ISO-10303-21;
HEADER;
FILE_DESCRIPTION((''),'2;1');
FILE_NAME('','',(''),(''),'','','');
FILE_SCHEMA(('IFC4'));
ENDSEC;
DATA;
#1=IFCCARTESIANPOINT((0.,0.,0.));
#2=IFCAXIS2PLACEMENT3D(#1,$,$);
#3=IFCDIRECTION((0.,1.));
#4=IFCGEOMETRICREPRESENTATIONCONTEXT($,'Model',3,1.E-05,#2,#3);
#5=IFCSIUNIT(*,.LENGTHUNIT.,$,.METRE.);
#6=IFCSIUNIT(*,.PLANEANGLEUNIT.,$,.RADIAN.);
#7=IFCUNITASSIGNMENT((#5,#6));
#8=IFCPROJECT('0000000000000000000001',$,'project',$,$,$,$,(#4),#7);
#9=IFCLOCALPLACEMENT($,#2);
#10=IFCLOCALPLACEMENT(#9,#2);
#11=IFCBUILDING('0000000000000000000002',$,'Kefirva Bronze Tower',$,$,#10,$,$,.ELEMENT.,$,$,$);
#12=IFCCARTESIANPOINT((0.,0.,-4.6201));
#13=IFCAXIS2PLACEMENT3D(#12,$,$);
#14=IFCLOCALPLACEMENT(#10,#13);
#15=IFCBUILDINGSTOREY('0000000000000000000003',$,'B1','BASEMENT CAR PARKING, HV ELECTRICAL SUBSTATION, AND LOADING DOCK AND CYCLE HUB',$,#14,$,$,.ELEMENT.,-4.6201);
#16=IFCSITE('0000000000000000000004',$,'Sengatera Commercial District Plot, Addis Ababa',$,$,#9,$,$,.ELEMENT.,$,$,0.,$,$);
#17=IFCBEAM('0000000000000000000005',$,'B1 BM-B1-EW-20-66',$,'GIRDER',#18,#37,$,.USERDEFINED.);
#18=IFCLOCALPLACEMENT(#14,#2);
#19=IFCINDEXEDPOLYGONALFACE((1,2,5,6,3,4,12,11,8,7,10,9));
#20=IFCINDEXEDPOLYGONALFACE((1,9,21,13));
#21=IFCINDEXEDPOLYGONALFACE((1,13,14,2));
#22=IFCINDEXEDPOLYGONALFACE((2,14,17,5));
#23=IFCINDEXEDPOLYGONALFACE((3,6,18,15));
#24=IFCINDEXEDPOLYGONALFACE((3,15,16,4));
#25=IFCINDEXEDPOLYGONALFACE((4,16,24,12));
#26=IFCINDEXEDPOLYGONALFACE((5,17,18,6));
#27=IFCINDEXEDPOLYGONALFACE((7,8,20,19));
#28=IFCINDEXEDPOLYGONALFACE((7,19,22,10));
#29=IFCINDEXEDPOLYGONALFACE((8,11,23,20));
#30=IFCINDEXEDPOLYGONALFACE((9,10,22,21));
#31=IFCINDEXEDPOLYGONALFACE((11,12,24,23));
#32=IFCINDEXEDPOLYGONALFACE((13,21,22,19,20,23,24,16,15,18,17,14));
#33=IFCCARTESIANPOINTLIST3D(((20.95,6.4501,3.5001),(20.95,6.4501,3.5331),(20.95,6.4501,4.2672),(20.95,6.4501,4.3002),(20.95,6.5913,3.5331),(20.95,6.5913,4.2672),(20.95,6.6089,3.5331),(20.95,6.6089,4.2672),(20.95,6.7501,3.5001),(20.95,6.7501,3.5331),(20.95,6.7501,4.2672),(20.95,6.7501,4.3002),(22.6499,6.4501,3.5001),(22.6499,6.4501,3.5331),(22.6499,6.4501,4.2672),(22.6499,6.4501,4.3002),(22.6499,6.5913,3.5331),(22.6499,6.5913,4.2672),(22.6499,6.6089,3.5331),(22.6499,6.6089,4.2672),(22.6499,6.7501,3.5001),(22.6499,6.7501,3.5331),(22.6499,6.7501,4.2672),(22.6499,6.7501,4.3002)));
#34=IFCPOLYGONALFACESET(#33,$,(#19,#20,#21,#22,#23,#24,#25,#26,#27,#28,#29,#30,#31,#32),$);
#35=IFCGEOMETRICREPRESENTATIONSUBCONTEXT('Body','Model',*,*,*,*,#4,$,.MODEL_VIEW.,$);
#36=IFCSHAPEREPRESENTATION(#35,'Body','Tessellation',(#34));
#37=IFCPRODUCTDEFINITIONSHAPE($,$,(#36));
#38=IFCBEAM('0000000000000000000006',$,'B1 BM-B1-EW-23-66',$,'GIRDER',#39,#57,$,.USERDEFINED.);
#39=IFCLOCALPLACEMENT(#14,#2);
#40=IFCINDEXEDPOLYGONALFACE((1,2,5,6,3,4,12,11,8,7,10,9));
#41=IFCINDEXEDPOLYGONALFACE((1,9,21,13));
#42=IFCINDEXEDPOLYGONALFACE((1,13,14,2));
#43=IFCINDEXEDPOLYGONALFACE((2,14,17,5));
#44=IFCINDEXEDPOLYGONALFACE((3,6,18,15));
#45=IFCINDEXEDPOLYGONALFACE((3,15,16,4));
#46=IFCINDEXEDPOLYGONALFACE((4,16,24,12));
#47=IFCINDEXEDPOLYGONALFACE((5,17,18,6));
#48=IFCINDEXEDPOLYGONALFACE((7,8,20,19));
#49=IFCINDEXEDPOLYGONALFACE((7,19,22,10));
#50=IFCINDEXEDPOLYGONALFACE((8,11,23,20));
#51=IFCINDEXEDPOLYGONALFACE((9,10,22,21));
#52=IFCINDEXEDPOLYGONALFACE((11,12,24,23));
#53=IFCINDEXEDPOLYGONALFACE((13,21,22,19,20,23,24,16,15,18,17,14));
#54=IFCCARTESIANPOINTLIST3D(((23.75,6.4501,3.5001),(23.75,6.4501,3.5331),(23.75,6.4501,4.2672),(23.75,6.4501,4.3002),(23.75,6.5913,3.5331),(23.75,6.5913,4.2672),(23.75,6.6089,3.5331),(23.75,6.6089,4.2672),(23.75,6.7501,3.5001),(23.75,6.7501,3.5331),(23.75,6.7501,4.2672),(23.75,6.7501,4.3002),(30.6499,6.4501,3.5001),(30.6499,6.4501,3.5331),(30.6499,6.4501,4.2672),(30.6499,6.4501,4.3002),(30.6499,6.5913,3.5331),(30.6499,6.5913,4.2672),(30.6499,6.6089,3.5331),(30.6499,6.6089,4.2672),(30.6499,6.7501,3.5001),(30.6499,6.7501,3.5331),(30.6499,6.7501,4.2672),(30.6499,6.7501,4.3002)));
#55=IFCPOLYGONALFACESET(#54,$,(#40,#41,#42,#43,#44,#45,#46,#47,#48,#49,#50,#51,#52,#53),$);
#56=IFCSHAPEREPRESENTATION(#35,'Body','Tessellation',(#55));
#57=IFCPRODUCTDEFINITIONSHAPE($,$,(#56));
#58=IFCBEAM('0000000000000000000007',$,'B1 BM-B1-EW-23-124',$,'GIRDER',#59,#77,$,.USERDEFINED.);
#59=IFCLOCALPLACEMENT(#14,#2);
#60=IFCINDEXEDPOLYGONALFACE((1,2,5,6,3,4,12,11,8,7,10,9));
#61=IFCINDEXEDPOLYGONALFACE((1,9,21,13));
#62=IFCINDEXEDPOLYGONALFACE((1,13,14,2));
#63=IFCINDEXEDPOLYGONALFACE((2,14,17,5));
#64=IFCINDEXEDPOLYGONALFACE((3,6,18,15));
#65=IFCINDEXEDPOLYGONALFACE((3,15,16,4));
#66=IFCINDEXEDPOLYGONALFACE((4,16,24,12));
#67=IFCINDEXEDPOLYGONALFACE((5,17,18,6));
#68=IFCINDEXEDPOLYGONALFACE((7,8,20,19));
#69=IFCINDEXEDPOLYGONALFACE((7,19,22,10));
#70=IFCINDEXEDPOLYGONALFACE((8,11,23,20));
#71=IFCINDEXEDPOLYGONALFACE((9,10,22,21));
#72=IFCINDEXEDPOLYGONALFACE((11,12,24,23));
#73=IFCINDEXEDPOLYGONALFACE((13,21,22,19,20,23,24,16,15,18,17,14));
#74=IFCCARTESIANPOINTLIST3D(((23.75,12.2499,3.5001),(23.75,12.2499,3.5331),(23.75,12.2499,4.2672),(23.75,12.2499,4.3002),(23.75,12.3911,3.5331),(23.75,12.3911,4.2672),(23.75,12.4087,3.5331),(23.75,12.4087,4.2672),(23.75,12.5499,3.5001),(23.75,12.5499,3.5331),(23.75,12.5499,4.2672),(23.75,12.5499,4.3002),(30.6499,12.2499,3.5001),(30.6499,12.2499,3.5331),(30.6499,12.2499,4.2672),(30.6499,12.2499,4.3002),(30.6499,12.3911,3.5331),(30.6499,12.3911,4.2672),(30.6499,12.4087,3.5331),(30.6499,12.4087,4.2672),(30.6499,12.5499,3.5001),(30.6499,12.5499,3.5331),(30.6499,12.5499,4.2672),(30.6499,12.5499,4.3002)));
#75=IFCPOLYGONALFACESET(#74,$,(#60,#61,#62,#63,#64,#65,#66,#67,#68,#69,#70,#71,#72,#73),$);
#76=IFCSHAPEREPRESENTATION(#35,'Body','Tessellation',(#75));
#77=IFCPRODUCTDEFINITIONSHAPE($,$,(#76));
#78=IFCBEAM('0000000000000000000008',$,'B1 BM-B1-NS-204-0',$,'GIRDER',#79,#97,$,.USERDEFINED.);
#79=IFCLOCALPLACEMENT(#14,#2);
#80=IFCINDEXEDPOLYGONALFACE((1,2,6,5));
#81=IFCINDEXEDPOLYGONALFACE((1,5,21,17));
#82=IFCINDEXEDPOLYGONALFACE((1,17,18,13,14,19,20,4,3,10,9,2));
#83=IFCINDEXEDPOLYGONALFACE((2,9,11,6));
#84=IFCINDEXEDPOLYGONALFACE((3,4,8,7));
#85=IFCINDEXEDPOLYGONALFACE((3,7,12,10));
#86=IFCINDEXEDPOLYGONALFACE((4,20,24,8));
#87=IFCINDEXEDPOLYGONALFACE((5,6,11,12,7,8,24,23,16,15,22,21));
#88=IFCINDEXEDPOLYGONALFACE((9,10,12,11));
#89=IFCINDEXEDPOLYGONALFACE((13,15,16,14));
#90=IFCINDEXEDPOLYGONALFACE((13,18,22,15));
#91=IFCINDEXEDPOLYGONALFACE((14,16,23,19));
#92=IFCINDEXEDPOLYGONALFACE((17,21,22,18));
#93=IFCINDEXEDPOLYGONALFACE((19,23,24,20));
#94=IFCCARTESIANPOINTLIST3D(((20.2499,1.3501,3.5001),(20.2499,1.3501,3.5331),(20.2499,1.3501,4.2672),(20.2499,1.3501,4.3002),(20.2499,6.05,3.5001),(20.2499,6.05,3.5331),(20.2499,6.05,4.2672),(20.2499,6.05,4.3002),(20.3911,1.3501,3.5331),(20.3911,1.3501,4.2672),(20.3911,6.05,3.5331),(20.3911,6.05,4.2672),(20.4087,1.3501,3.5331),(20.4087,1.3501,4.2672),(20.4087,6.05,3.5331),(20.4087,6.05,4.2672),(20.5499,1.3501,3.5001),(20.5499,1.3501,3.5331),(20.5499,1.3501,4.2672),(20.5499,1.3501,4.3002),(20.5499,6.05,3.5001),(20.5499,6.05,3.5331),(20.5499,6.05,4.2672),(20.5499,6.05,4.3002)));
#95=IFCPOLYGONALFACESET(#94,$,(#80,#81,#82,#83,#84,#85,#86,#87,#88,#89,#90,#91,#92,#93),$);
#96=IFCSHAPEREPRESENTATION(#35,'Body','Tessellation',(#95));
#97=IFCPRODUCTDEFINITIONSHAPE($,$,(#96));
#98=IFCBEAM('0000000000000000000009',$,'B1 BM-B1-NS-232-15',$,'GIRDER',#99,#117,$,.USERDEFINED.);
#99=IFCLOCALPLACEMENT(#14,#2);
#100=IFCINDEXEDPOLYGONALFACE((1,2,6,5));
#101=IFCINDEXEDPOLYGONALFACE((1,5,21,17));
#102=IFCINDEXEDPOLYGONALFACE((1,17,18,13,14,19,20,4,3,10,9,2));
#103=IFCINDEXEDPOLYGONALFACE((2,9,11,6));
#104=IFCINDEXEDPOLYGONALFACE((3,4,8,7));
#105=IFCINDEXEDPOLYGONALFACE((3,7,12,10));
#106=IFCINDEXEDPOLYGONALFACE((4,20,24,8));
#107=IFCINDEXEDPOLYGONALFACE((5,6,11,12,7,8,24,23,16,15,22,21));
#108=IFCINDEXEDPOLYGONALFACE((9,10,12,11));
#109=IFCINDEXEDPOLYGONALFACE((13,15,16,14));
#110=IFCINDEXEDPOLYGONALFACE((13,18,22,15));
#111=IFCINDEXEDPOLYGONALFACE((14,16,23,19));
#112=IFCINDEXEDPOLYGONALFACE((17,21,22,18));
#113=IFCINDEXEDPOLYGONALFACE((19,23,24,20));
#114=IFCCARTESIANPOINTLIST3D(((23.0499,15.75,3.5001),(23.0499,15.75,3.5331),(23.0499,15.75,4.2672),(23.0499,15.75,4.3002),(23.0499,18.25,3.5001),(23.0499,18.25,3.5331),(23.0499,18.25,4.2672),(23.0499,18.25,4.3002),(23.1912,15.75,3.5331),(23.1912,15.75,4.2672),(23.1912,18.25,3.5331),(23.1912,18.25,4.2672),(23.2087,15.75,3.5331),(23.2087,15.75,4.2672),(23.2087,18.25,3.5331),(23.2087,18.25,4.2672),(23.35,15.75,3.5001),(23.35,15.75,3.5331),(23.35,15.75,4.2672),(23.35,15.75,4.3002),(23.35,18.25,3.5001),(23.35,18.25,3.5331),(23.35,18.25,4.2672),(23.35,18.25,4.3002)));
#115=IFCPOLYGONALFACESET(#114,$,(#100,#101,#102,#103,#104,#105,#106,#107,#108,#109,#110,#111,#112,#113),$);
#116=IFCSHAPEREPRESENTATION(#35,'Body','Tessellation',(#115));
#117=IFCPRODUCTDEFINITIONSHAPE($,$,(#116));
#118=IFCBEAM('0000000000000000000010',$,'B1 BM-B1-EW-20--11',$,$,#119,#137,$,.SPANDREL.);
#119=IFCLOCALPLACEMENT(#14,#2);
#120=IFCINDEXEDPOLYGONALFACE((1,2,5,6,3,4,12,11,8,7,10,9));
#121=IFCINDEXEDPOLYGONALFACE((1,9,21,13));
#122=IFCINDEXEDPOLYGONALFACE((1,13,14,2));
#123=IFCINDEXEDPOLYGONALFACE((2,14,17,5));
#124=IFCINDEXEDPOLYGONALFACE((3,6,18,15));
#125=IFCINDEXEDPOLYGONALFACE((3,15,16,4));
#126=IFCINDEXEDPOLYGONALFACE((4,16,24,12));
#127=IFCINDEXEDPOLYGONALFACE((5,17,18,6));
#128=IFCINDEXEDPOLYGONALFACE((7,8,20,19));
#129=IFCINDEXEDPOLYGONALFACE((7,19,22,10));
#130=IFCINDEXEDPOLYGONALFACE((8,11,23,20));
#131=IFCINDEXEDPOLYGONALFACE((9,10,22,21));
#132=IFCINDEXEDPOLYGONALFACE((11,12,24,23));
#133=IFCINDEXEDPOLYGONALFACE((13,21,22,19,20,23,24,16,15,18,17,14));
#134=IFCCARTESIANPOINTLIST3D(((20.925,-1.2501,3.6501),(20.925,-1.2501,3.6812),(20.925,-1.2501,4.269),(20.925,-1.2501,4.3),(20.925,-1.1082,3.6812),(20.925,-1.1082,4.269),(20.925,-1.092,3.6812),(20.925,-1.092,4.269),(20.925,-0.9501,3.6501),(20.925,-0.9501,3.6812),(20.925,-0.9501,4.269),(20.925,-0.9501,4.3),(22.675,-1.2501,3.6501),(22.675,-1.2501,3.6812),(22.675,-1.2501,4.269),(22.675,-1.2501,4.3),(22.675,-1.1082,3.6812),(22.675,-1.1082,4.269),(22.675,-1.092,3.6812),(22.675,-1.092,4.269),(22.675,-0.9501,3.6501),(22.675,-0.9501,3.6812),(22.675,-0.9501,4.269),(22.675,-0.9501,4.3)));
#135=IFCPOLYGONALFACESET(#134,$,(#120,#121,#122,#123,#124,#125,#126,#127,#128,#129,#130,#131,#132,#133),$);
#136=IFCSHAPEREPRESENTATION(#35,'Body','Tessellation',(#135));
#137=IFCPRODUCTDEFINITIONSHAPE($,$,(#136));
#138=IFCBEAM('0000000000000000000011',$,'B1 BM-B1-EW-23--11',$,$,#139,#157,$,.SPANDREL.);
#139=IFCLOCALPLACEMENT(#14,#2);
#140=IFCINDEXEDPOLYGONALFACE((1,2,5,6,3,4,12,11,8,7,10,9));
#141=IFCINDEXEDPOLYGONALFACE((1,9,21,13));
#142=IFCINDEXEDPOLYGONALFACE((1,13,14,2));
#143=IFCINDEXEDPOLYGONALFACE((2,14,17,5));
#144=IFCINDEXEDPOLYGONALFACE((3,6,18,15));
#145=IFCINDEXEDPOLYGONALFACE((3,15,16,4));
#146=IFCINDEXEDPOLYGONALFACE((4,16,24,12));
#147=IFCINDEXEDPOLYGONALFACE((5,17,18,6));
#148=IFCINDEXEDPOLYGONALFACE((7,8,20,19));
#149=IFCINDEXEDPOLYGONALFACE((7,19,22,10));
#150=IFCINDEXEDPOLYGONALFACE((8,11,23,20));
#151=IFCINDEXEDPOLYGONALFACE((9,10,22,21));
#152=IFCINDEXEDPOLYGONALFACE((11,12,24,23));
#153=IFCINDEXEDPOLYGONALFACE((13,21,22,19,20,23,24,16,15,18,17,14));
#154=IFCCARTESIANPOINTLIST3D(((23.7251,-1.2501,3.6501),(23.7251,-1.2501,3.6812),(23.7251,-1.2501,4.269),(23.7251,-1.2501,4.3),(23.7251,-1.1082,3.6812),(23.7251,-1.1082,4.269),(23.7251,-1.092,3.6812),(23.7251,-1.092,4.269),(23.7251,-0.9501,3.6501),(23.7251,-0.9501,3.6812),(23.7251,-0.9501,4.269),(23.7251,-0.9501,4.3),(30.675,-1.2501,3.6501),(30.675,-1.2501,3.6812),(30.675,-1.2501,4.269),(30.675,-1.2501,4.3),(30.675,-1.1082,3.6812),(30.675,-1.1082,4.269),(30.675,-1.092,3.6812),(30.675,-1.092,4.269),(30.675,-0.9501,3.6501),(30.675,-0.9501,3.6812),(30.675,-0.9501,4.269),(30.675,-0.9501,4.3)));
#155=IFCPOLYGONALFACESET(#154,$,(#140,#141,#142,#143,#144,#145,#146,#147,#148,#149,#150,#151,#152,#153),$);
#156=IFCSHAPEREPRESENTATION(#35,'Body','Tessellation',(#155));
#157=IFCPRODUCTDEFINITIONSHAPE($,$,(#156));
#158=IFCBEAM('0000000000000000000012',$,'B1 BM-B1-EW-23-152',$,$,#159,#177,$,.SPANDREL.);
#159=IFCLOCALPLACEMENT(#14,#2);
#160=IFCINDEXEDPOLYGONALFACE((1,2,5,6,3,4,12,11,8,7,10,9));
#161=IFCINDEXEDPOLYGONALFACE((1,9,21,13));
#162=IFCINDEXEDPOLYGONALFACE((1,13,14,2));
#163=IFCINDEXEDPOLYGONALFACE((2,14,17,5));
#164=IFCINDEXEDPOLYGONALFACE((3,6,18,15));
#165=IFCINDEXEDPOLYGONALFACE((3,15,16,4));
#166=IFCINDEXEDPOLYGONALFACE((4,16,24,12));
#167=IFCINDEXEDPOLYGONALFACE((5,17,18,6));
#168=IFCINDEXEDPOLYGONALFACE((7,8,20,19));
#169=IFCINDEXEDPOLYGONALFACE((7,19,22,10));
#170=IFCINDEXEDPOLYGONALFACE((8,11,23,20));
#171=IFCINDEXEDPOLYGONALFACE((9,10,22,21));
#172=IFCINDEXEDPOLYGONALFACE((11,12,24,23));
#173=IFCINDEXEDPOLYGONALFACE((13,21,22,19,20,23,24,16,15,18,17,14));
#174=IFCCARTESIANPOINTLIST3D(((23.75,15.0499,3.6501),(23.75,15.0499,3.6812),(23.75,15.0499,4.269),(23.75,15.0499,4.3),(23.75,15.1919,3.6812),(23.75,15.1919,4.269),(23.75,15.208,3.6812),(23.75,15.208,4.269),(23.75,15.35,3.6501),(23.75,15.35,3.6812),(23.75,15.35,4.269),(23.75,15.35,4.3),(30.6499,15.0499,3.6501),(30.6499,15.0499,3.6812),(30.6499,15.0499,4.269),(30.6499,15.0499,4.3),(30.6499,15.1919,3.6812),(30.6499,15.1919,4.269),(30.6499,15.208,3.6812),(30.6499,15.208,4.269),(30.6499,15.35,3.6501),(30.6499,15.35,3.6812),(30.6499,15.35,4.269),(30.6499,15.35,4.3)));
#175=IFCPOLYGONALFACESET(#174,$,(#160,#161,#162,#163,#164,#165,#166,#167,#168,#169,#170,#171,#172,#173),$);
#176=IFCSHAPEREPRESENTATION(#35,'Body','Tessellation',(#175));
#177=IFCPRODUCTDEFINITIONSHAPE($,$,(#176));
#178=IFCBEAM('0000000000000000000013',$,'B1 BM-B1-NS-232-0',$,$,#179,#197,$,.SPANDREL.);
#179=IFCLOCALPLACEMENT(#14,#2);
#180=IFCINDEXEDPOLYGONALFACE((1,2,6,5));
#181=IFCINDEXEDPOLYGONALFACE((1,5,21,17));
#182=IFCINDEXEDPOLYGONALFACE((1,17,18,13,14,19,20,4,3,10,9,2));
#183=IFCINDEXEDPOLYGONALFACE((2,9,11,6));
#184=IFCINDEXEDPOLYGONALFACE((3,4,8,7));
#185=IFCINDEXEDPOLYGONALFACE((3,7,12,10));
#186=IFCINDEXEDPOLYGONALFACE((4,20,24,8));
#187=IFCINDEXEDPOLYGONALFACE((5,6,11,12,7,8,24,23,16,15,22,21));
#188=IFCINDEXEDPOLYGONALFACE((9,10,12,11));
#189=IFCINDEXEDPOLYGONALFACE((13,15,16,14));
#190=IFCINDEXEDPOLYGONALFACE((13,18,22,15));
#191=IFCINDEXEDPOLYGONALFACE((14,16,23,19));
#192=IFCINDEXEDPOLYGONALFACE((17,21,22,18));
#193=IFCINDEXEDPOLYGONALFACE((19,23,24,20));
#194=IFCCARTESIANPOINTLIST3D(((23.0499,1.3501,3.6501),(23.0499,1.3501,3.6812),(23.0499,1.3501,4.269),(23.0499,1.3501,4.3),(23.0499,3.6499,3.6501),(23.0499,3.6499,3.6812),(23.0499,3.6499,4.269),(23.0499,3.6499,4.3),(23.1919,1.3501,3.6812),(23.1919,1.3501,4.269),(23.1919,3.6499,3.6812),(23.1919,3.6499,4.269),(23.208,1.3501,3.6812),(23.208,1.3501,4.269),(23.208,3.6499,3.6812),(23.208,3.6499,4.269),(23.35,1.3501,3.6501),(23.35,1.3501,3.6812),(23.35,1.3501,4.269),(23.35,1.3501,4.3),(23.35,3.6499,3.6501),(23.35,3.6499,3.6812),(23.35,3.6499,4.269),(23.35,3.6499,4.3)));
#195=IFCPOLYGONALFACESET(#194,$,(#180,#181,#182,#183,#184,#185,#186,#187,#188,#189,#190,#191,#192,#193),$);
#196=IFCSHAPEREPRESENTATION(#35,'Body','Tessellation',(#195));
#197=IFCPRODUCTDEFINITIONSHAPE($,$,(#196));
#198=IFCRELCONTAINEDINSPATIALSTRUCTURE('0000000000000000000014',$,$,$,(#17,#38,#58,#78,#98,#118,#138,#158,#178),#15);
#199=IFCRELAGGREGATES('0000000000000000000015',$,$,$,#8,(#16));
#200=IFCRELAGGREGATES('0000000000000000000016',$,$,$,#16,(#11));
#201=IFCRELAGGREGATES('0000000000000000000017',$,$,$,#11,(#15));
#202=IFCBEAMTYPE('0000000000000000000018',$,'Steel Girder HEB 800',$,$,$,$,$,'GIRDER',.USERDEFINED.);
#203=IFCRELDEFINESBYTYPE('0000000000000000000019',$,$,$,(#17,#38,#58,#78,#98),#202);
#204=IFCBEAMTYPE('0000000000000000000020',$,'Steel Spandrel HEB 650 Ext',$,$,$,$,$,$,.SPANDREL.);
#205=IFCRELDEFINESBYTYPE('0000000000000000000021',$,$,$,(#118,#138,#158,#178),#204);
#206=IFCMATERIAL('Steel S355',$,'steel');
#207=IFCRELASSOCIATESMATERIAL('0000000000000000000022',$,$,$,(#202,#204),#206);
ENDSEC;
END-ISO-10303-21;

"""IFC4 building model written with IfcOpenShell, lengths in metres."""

from ifc_helpers import new_model, si_unit, direction, frame, origin, origin_2d, place, context, subcontext, project, spatial, i_section, extrude, material, material_profile, profile_set, type_object, element, save


model = new_model("IFC4")

# Units and contexts
model_context = context("Model", 3, precision=1e-05, world=origin(), true_north=direction((0.0, 1.0)))
body_context = subcontext(model_context, "Body", "Model", "MODEL_VIEW")
ifc_project = project(units=[si_unit("LENGTHUNIT", "METRE"), si_unit("PLANEANGLEUNIT", "RADIAN")], contexts=[model_context])

# Site, building, storey
site_placement = place(None, origin())
site = spatial("IfcSite", under=ifc_project, at=site_placement, Name="Sengatera Commercial District Plot, Addis Ababa", CompositionType="ELEMENT", RefElevation=0.0)
building_placement = place(site_placement, origin())
building = spatial("IfcBuilding", under=site, at=building_placement, Name="Kefirva Bronze Tower", CompositionType="ELEMENT")
storey_placement = place(building_placement, frame((0.0, 0.0, -4.6201)))
storey = spatial("IfcBuildingStorey", under=building, at=storey_placement, Name="B1", Description="BASEMENT CAR PARKING, HV ELECTRICAL SUBSTATION, AND LOADING DOCK AND CYCLE HUB", CompositionType="ELEMENT", Elevation=-4.6201)

# Beams
ifc_material_1 = material(Name="Steel S355", Category="steel")
ifc_material_profile_1 = material_profile(ifc_material_1, i_section(OverallWidth=0.3, OverallDepth=0.8, WebThickness=0.0176, FlangeThickness=0.033, at=origin_2d()), Name="HEB 800")
ifc_profile_set_1 = profile_set([ifc_material_profile_1], Name="Steel S355")
beam_type_1 = type_object("IfcBeamType", Name="Steel Girder HEB 800", ElementType="GIRDER", PredefinedType="USERDEFINED", material=ifc_profile_set_1)
beam_1_placement = place(storey_placement, frame((20.95, 6.6001, 3.9001), z_axis=(1.0, 0.0, 0.0), x_axis=(0.0, 1.0, 0.0)))
element("IfcBeam", 1, at=beam_1_placement, inside=storey, type_object=beam_type_1, Name="B1 BM-B1-EW-20-66", ObjectType="GIRDER", PredefinedType="USERDEFINED", context=body_context, shape_type="SweptSolid", body=[
    extrude(i_section(OverallWidth=0.3, OverallDepth=0.8, WebThickness=0.0176, FlangeThickness=0.033, at=origin_2d()), origin(), (0.0, 0.0, 1.0), 1.7),
])
for number, where, z_axis, x_axis, name in (
    (2, (23.75, 6.6001, 3.9001), (1.0, 0.0, 0.0), (0.0, 1.0, 0.0), "B1 BM-B1-EW-23-66"),
    (3, (23.75, 12.3999, 3.9001), (1.0, 0.0, 0.0), (0.0, 1.0, 0.0), "B1 BM-B1-EW-23-124"),
):
    element("IfcBeam", number, at=place(storey_placement, frame(where, z_axis=z_axis, x_axis=x_axis)), inside=storey, type_object=beam_type_1, Name=name, ObjectType="GIRDER", PredefinedType="USERDEFINED", context=body_context, shape_type="SweptSolid", body=[
        extrude(i_section(OverallWidth=0.3, OverallDepth=0.8, WebThickness=0.0176, FlangeThickness=0.033, at=origin_2d()), origin(), (0.0, 0.0, 1.0), 6.8999),
    ])
beam_2_placement = place(storey_placement, frame((20.3999, 1.3501, 3.9001), z_axis=(0.0, 1.0, 0.0), x_axis=(-1.0, 0.0, 0.0)))
element("IfcBeam", 4, at=beam_2_placement, inside=storey, type_object=beam_type_1, Name="B1 BM-B1-NS-204-0", ObjectType="GIRDER", PredefinedType="USERDEFINED", context=body_context, shape_type="SweptSolid", body=[
    extrude(i_section(OverallWidth=0.3, OverallDepth=0.8, WebThickness=0.0176, FlangeThickness=0.033, at=origin_2d()), origin(), (0.0, 0.0, 1.0), 4.7),
])
beam_3_placement = place(storey_placement, frame((23.2, 15.75, 3.9001), z_axis=(0.0, 1.0, 0.0), x_axis=(-1.0, 0.0, 0.0)))
element("IfcBeam", 5, at=beam_3_placement, inside=storey, type_object=beam_type_1, Name="B1 BM-B1-NS-232-15", ObjectType="GIRDER", PredefinedType="USERDEFINED", context=body_context, shape_type="SweptSolid", body=[
    extrude(i_section(OverallWidth=0.3, OverallDepth=0.8, WebThickness=0.0176, FlangeThickness=0.033, at=origin_2d()), origin(), (0.0, 0.0, 1.0), 2.5),
])
ifc_material_profile_2 = material_profile(ifc_material_1, i_section(OverallWidth=0.3, OverallDepth=0.6499, WebThickness=0.0161, FlangeThickness=0.031, at=origin_2d()), Name="HEB 650")
ifc_profile_set_2 = profile_set([ifc_material_profile_2], Name="Steel S355")
beam_type_2 = type_object("IfcBeamType", Name="Steel Spandrel HEB 650 Ext", PredefinedType="SPANDREL", material=ifc_profile_set_2)
beam_4_placement = place(storey_placement, frame((20.925, -1.1001, 3.9751), z_axis=(1.0, 0.0, 0.0), x_axis=(0.0, 1.0, 0.0)))
element("IfcBeam", 6, at=beam_4_placement, inside=storey, type_object=beam_type_2, Name="B1 BM-B1-EW-20--11", PredefinedType="SPANDREL", context=body_context, shape_type="SweptSolid", body=[
    extrude(i_section(OverallWidth=0.3, OverallDepth=0.6499, WebThickness=0.0161, FlangeThickness=0.031, at=origin_2d()), origin(), (0.0, 0.0, 1.0), 1.75),
])
beam_5_placement = place(storey_placement, frame((23.7251, -1.1001, 3.9751), z_axis=(1.0, 0.0, 0.0), x_axis=(0.0, 1.0, 0.0)))
element("IfcBeam", 7, at=beam_5_placement, inside=storey, type_object=beam_type_2, Name="B1 BM-B1-EW-23--11", PredefinedType="SPANDREL", context=body_context, shape_type="SweptSolid", body=[
    extrude(i_section(OverallWidth=0.3, OverallDepth=0.6499, WebThickness=0.0161, FlangeThickness=0.031, at=origin_2d()), origin(), (0.0, 0.0, 1.0), 6.95),
])
beam_6_placement = place(storey_placement, frame((23.75, 15.2, 3.9751), z_axis=(1.0, 0.0, 0.0), x_axis=(0.0, 1.0, 0.0)))
element("IfcBeam", 8, at=beam_6_placement, inside=storey, type_object=beam_type_2, Name="B1 BM-B1-EW-23-152", PredefinedType="SPANDREL", context=body_context, shape_type="SweptSolid", body=[
    extrude(i_section(OverallWidth=0.3, OverallDepth=0.6499, WebThickness=0.0161, FlangeThickness=0.031, at=origin_2d()), origin(), (0.0, 0.0, 1.0), 6.8999),
])
beam_7_placement = place(storey_placement, frame((23.2, 1.3501, 3.9751), z_axis=(0.0, 1.0, 0.0), x_axis=(-1.0, 0.0, 0.0)))
element("IfcBeam", 9, at=beam_7_placement, inside=storey, type_object=beam_type_2, Name="B1 BM-B1-NS-232-0", PredefinedType="SPANDREL", context=body_context, shape_type="SweptSolid", body=[
    extrude(i_section(OverallWidth=0.3, OverallDepth=0.6499, WebThickness=0.0161, FlangeThickness=0.031, at=origin_2d()), origin(), (0.0, 0.0, 1.0), 2.2998),
])

save(model, "model.ifc")
